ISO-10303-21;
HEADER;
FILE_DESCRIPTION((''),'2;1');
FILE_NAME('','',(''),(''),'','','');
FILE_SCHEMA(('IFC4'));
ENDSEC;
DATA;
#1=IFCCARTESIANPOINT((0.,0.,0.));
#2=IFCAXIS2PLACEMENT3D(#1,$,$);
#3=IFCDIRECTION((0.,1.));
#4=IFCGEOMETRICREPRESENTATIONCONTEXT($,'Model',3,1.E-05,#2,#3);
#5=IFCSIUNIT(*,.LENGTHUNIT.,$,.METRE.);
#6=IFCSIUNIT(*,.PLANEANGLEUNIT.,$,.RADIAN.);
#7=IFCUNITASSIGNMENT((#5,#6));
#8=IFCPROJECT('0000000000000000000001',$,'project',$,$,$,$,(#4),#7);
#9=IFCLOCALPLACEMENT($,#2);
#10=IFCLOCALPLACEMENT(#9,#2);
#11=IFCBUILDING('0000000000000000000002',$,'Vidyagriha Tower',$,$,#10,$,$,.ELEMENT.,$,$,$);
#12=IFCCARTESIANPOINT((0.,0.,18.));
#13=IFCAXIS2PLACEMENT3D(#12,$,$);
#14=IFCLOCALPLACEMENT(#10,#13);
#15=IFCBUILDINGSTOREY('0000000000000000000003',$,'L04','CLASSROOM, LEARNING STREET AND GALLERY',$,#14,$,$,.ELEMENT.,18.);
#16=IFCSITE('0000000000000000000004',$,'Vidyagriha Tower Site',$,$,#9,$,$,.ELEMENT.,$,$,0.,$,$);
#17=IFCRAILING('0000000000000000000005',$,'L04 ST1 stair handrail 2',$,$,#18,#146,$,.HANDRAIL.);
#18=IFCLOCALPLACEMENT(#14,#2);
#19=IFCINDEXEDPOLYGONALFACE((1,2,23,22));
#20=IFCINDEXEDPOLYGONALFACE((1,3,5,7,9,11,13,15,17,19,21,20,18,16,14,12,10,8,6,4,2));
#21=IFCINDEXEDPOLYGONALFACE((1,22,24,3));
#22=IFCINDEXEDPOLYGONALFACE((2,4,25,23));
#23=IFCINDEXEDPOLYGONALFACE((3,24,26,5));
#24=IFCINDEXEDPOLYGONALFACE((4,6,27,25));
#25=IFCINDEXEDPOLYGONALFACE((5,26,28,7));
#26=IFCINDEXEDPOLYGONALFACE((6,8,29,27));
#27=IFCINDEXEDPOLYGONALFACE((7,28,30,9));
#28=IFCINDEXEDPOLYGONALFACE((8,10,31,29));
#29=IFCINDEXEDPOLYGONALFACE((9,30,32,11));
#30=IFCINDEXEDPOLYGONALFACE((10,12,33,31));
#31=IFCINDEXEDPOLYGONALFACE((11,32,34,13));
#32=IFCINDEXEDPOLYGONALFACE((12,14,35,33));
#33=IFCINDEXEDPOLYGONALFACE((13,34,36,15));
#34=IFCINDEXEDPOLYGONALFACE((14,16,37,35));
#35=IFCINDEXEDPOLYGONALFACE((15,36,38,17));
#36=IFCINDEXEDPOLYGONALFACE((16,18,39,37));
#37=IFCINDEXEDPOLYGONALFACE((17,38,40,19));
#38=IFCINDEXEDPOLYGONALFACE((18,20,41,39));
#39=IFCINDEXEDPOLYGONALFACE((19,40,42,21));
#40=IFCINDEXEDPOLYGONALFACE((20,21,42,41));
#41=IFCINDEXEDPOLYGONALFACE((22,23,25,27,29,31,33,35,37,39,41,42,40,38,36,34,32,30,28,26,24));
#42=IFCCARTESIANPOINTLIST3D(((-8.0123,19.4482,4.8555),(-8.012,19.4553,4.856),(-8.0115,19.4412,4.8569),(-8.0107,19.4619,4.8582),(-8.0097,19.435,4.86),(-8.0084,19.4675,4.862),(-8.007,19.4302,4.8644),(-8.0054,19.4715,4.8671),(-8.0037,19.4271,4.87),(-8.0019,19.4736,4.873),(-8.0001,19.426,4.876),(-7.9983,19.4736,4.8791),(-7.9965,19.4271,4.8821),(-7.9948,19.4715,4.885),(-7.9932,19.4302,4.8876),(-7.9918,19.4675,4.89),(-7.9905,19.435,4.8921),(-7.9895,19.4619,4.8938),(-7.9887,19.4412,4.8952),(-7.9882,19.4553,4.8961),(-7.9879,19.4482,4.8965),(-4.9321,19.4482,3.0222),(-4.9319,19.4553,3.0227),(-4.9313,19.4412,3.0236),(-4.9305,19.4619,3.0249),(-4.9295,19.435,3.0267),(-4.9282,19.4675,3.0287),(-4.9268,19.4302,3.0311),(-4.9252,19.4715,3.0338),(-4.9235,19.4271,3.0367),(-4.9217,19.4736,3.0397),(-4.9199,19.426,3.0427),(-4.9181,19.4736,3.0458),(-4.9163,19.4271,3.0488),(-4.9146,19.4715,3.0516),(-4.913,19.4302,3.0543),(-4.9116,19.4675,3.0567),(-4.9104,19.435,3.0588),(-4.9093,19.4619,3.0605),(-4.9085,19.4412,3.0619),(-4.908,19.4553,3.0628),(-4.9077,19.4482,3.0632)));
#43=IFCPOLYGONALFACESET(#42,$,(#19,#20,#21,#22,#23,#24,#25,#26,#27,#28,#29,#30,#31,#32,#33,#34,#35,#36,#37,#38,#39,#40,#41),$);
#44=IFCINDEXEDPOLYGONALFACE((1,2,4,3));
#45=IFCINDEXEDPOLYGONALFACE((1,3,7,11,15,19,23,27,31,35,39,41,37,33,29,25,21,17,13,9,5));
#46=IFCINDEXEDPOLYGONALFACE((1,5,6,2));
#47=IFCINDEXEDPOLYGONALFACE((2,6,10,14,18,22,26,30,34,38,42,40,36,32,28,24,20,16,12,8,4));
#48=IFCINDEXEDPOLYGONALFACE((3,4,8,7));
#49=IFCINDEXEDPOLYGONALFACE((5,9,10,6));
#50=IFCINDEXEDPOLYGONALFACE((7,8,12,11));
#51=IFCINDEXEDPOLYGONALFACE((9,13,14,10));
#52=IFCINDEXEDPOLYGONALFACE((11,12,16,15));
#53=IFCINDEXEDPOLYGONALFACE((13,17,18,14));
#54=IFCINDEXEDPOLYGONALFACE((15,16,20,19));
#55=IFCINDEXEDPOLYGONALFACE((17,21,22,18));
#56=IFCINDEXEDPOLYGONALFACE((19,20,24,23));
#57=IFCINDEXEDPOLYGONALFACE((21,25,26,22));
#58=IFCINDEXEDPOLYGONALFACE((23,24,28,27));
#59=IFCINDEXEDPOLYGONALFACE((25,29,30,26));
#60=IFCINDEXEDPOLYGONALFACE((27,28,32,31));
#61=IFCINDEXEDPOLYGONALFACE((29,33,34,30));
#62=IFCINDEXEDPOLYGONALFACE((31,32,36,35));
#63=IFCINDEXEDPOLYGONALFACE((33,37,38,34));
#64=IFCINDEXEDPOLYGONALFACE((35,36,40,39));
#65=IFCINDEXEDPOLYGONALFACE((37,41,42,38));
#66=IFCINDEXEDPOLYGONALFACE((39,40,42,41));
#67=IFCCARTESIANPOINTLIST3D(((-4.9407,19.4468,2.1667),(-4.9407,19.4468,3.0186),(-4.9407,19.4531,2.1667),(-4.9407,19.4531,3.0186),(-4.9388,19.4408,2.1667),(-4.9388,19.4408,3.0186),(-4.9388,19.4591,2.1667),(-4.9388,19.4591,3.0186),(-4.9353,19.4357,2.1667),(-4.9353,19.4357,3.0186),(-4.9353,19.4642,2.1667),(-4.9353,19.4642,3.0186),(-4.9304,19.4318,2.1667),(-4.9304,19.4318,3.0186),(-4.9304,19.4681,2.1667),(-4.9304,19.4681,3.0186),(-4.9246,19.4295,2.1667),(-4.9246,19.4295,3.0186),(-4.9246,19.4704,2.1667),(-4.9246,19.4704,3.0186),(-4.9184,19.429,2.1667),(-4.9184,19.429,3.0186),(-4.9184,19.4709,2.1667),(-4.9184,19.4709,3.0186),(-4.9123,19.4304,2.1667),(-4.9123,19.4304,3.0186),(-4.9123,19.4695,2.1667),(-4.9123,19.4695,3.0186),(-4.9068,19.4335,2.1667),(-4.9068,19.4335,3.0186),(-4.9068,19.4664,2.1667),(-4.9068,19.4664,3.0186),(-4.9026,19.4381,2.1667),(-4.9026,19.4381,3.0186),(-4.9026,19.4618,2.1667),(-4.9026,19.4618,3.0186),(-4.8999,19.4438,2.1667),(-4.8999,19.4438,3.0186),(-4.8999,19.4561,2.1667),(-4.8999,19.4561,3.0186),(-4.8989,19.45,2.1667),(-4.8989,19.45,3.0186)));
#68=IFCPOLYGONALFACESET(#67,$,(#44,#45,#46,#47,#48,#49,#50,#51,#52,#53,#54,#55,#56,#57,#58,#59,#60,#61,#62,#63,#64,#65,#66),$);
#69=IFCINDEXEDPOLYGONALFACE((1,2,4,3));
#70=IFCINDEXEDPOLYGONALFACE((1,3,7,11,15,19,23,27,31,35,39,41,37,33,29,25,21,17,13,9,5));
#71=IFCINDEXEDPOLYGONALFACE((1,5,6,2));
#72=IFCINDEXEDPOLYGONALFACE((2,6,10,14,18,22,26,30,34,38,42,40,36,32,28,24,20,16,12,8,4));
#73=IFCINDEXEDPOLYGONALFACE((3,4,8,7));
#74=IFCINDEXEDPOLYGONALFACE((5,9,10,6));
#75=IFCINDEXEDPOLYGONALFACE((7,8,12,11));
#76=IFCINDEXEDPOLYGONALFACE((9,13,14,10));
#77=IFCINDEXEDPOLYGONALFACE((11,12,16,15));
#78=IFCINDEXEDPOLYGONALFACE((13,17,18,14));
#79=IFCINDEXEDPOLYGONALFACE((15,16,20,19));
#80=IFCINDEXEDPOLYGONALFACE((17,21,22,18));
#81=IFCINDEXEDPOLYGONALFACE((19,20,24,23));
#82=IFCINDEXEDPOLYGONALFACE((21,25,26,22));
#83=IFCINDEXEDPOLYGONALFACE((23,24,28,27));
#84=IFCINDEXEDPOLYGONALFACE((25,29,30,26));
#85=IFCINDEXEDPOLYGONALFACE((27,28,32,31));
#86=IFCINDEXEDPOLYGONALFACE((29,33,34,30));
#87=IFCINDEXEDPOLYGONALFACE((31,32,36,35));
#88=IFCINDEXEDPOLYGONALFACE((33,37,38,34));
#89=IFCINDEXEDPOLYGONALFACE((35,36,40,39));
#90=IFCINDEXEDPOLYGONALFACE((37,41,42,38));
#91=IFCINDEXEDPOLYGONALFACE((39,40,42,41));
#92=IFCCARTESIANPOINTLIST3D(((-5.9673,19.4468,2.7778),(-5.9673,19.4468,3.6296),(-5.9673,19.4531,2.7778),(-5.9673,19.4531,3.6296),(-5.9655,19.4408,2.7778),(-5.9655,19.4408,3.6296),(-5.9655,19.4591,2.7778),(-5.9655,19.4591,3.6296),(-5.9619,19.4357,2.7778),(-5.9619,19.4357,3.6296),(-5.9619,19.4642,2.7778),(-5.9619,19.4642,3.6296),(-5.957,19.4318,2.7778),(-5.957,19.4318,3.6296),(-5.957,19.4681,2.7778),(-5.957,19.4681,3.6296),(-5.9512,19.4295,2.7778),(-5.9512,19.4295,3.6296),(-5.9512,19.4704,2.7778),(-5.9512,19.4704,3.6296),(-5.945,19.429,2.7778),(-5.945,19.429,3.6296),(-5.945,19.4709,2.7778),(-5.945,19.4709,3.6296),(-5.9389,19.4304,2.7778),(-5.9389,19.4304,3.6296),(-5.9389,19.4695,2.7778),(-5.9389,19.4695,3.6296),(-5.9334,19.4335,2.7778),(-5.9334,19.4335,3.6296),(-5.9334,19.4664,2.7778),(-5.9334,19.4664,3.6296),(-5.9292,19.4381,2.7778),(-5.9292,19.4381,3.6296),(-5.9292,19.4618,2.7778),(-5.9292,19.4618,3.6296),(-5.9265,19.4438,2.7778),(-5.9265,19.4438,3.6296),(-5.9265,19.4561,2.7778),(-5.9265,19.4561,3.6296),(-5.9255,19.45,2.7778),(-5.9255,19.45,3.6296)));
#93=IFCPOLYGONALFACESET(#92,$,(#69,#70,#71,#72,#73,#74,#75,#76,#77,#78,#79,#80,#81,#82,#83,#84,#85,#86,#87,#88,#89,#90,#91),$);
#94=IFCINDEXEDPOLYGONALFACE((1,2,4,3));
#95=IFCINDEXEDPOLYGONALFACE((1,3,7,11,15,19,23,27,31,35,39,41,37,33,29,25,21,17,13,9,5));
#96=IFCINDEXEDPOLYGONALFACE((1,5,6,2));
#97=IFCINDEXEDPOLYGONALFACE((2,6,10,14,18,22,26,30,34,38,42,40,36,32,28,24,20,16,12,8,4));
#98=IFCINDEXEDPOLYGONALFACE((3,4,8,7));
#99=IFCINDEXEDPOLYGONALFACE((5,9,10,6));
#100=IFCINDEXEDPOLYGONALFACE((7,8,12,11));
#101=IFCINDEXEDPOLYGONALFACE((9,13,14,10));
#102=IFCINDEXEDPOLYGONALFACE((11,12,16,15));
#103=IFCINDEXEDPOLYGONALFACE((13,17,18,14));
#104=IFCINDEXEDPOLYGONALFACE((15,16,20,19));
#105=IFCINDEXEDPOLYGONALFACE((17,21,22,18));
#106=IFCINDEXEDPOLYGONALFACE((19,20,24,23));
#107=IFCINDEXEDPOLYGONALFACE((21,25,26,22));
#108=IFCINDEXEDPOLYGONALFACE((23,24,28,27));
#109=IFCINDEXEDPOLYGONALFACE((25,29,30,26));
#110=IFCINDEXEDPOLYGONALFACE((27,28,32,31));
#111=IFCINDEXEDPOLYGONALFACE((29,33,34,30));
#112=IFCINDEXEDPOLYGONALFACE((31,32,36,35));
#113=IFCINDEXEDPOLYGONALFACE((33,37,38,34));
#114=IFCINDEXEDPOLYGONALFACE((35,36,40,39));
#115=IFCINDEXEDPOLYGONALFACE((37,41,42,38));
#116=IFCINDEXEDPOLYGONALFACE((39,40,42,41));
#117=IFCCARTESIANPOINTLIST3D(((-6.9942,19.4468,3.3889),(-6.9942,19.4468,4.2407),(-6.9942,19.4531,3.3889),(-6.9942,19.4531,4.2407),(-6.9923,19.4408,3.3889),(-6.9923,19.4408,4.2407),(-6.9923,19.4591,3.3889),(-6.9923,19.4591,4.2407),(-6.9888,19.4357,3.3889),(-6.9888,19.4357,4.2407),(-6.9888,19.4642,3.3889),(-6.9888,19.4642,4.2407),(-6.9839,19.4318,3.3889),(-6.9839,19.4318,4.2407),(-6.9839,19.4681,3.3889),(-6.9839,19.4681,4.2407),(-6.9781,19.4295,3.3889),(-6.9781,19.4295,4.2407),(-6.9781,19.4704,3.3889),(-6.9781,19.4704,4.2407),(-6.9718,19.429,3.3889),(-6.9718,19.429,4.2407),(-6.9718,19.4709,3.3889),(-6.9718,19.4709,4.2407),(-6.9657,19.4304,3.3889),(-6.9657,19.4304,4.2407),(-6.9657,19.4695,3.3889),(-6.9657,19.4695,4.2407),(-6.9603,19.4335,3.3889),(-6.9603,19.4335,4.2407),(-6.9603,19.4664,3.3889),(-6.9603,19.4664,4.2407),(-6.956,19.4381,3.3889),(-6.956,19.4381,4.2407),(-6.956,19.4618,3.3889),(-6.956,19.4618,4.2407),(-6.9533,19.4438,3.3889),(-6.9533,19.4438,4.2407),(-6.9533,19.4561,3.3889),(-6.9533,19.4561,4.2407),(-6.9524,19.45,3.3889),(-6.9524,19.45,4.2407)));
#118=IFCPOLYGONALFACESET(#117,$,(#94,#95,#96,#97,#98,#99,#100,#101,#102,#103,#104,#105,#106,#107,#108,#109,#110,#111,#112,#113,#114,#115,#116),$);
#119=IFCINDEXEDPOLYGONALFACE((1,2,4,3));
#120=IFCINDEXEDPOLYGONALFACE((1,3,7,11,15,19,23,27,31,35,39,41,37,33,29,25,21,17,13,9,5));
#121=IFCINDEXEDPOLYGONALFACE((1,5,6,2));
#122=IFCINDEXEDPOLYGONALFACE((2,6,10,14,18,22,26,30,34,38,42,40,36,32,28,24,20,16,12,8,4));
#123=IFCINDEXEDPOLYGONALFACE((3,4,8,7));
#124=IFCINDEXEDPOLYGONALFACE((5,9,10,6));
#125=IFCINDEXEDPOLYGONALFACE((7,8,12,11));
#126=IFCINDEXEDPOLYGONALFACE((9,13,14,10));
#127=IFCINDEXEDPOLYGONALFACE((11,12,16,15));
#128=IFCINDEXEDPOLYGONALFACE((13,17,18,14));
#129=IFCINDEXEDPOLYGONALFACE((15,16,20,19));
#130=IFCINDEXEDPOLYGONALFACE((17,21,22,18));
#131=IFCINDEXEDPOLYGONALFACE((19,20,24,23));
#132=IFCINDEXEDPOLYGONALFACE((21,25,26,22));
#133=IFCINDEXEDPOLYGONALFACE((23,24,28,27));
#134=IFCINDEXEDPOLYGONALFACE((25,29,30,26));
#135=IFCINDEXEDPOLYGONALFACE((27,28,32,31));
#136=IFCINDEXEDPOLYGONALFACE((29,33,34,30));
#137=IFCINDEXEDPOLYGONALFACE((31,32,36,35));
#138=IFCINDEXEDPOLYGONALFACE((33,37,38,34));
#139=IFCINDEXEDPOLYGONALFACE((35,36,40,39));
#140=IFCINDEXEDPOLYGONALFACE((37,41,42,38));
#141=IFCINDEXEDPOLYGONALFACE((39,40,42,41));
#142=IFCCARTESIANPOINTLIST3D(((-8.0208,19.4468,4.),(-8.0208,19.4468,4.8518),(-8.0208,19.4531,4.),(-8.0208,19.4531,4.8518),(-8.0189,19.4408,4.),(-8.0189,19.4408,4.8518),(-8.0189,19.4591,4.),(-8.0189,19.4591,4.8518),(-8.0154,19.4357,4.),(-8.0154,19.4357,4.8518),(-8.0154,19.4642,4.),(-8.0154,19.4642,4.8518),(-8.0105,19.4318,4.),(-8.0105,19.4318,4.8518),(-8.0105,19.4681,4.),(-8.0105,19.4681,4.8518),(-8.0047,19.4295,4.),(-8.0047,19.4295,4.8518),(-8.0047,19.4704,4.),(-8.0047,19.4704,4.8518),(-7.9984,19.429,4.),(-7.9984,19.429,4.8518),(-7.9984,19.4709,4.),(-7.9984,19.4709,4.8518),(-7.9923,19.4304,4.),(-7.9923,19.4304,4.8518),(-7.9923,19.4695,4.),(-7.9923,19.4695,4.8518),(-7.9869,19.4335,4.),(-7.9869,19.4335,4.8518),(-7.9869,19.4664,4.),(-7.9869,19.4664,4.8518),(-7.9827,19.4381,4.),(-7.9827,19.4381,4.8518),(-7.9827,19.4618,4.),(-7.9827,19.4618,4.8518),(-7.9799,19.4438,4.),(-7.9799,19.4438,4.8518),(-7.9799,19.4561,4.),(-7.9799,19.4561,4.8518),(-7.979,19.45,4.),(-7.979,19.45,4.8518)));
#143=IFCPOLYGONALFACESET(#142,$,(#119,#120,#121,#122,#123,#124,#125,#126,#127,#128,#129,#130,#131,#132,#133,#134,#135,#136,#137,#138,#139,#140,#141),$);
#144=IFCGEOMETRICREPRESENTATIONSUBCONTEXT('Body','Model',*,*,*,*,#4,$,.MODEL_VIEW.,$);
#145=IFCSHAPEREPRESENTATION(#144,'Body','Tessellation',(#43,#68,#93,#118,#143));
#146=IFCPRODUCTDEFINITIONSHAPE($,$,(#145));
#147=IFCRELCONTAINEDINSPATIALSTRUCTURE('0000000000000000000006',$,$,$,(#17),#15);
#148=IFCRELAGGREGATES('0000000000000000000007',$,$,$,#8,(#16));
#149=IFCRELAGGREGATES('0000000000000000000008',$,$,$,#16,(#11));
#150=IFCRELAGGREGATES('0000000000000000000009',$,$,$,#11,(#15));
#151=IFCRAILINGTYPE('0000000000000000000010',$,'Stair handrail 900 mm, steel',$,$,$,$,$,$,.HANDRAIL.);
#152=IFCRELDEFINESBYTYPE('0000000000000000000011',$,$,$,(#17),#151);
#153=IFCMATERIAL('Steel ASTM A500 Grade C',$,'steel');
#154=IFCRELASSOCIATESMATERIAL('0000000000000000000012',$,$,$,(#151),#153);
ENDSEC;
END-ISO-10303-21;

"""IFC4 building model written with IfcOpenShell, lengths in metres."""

from ifc_helpers import new_model, si_unit, direction, frame, origin, origin_2d, place, context, subcontext, project, spatial, circle, extrude, material, type_object, element, save


model = new_model("IFC4")

# Units and contexts
model_context = context("Model", 3, precision=1e-05, world=origin(), true_north=direction((0.0, 1.0)))
body_context = subcontext(model_context, "Body", "Model", "MODEL_VIEW")
ifc_project = project(units=[si_unit("LENGTHUNIT", "METRE"), si_unit("PLANEANGLEUNIT", "RADIAN")], contexts=[model_context])

# Site, building, storey
site_placement = place(None, origin())
site = spatial("IfcSite", under=ifc_project, at=site_placement, Name="Vidyagriha Tower Site", CompositionType="ELEMENT", RefElevation=0.0)
building_placement = place(site_placement, origin())
building = spatial("IfcBuilding", under=site, at=building_placement, Name="Vidyagriha Tower", CompositionType="ELEMENT")
storey_placement = place(building_placement, frame((0.0, 0.0, 18.0)))
storey = spatial("IfcBuildingStorey", under=building, at=storey_placement, Name="L04", Description="CLASSROOM, LEARNING STREET AND GALLERY", CompositionType="ELEMENT", Elevation=18.0)

# Railing
ifc_material_1 = material(Name="Steel ASTM A500 Grade C", Category="steel")
railing_type_1 = type_object("IfcRailingType", Name="Stair handrail 900 mm, steel", PredefinedType="HANDRAIL", material=ifc_material_1)
railing_1_placement = place(storey_placement, frame((-4.9199, 19.45, 2.1667)))
element("IfcRailing", 1, at=railing_1_placement, inside=storey, type_object=railing_type_1, Name="L04 ST1 stair handrail 2", PredefinedType="HANDRAIL", context=body_context, shape_type="SweptSolid", body=[
    extrude(circle(Radius=0.0239, at=origin_2d()), frame((0.0, 0.0, 0.876), z_axis=(-0.859309, 0.0, 0.511458), x_axis=(0.0, -1.0, 0.0)), (0.0, 0.0, 1.0), 3.5845),
    extrude(circle(Radius=0.021, at=origin_2d()), origin(), (0.0, 0.0, 1.0), 0.8518),
    extrude(circle(Radius=0.021, at=origin_2d()), frame((-1.0266, 0.0, 0.6111)), (0.0, 0.0, 1.0), 0.8518),
    extrude(circle(Radius=0.021, at=origin_2d()), frame((-2.0535, 0.0, 1.2222)), (0.0, 0.0, 1.0), 0.8518),
    extrude(circle(Radius=0.021, at=origin_2d()), frame((-3.0801, 0.0, 1.8333)), (0.0, 0.0, 1.0), 0.8518),
])

save(model, "model.ifc")
